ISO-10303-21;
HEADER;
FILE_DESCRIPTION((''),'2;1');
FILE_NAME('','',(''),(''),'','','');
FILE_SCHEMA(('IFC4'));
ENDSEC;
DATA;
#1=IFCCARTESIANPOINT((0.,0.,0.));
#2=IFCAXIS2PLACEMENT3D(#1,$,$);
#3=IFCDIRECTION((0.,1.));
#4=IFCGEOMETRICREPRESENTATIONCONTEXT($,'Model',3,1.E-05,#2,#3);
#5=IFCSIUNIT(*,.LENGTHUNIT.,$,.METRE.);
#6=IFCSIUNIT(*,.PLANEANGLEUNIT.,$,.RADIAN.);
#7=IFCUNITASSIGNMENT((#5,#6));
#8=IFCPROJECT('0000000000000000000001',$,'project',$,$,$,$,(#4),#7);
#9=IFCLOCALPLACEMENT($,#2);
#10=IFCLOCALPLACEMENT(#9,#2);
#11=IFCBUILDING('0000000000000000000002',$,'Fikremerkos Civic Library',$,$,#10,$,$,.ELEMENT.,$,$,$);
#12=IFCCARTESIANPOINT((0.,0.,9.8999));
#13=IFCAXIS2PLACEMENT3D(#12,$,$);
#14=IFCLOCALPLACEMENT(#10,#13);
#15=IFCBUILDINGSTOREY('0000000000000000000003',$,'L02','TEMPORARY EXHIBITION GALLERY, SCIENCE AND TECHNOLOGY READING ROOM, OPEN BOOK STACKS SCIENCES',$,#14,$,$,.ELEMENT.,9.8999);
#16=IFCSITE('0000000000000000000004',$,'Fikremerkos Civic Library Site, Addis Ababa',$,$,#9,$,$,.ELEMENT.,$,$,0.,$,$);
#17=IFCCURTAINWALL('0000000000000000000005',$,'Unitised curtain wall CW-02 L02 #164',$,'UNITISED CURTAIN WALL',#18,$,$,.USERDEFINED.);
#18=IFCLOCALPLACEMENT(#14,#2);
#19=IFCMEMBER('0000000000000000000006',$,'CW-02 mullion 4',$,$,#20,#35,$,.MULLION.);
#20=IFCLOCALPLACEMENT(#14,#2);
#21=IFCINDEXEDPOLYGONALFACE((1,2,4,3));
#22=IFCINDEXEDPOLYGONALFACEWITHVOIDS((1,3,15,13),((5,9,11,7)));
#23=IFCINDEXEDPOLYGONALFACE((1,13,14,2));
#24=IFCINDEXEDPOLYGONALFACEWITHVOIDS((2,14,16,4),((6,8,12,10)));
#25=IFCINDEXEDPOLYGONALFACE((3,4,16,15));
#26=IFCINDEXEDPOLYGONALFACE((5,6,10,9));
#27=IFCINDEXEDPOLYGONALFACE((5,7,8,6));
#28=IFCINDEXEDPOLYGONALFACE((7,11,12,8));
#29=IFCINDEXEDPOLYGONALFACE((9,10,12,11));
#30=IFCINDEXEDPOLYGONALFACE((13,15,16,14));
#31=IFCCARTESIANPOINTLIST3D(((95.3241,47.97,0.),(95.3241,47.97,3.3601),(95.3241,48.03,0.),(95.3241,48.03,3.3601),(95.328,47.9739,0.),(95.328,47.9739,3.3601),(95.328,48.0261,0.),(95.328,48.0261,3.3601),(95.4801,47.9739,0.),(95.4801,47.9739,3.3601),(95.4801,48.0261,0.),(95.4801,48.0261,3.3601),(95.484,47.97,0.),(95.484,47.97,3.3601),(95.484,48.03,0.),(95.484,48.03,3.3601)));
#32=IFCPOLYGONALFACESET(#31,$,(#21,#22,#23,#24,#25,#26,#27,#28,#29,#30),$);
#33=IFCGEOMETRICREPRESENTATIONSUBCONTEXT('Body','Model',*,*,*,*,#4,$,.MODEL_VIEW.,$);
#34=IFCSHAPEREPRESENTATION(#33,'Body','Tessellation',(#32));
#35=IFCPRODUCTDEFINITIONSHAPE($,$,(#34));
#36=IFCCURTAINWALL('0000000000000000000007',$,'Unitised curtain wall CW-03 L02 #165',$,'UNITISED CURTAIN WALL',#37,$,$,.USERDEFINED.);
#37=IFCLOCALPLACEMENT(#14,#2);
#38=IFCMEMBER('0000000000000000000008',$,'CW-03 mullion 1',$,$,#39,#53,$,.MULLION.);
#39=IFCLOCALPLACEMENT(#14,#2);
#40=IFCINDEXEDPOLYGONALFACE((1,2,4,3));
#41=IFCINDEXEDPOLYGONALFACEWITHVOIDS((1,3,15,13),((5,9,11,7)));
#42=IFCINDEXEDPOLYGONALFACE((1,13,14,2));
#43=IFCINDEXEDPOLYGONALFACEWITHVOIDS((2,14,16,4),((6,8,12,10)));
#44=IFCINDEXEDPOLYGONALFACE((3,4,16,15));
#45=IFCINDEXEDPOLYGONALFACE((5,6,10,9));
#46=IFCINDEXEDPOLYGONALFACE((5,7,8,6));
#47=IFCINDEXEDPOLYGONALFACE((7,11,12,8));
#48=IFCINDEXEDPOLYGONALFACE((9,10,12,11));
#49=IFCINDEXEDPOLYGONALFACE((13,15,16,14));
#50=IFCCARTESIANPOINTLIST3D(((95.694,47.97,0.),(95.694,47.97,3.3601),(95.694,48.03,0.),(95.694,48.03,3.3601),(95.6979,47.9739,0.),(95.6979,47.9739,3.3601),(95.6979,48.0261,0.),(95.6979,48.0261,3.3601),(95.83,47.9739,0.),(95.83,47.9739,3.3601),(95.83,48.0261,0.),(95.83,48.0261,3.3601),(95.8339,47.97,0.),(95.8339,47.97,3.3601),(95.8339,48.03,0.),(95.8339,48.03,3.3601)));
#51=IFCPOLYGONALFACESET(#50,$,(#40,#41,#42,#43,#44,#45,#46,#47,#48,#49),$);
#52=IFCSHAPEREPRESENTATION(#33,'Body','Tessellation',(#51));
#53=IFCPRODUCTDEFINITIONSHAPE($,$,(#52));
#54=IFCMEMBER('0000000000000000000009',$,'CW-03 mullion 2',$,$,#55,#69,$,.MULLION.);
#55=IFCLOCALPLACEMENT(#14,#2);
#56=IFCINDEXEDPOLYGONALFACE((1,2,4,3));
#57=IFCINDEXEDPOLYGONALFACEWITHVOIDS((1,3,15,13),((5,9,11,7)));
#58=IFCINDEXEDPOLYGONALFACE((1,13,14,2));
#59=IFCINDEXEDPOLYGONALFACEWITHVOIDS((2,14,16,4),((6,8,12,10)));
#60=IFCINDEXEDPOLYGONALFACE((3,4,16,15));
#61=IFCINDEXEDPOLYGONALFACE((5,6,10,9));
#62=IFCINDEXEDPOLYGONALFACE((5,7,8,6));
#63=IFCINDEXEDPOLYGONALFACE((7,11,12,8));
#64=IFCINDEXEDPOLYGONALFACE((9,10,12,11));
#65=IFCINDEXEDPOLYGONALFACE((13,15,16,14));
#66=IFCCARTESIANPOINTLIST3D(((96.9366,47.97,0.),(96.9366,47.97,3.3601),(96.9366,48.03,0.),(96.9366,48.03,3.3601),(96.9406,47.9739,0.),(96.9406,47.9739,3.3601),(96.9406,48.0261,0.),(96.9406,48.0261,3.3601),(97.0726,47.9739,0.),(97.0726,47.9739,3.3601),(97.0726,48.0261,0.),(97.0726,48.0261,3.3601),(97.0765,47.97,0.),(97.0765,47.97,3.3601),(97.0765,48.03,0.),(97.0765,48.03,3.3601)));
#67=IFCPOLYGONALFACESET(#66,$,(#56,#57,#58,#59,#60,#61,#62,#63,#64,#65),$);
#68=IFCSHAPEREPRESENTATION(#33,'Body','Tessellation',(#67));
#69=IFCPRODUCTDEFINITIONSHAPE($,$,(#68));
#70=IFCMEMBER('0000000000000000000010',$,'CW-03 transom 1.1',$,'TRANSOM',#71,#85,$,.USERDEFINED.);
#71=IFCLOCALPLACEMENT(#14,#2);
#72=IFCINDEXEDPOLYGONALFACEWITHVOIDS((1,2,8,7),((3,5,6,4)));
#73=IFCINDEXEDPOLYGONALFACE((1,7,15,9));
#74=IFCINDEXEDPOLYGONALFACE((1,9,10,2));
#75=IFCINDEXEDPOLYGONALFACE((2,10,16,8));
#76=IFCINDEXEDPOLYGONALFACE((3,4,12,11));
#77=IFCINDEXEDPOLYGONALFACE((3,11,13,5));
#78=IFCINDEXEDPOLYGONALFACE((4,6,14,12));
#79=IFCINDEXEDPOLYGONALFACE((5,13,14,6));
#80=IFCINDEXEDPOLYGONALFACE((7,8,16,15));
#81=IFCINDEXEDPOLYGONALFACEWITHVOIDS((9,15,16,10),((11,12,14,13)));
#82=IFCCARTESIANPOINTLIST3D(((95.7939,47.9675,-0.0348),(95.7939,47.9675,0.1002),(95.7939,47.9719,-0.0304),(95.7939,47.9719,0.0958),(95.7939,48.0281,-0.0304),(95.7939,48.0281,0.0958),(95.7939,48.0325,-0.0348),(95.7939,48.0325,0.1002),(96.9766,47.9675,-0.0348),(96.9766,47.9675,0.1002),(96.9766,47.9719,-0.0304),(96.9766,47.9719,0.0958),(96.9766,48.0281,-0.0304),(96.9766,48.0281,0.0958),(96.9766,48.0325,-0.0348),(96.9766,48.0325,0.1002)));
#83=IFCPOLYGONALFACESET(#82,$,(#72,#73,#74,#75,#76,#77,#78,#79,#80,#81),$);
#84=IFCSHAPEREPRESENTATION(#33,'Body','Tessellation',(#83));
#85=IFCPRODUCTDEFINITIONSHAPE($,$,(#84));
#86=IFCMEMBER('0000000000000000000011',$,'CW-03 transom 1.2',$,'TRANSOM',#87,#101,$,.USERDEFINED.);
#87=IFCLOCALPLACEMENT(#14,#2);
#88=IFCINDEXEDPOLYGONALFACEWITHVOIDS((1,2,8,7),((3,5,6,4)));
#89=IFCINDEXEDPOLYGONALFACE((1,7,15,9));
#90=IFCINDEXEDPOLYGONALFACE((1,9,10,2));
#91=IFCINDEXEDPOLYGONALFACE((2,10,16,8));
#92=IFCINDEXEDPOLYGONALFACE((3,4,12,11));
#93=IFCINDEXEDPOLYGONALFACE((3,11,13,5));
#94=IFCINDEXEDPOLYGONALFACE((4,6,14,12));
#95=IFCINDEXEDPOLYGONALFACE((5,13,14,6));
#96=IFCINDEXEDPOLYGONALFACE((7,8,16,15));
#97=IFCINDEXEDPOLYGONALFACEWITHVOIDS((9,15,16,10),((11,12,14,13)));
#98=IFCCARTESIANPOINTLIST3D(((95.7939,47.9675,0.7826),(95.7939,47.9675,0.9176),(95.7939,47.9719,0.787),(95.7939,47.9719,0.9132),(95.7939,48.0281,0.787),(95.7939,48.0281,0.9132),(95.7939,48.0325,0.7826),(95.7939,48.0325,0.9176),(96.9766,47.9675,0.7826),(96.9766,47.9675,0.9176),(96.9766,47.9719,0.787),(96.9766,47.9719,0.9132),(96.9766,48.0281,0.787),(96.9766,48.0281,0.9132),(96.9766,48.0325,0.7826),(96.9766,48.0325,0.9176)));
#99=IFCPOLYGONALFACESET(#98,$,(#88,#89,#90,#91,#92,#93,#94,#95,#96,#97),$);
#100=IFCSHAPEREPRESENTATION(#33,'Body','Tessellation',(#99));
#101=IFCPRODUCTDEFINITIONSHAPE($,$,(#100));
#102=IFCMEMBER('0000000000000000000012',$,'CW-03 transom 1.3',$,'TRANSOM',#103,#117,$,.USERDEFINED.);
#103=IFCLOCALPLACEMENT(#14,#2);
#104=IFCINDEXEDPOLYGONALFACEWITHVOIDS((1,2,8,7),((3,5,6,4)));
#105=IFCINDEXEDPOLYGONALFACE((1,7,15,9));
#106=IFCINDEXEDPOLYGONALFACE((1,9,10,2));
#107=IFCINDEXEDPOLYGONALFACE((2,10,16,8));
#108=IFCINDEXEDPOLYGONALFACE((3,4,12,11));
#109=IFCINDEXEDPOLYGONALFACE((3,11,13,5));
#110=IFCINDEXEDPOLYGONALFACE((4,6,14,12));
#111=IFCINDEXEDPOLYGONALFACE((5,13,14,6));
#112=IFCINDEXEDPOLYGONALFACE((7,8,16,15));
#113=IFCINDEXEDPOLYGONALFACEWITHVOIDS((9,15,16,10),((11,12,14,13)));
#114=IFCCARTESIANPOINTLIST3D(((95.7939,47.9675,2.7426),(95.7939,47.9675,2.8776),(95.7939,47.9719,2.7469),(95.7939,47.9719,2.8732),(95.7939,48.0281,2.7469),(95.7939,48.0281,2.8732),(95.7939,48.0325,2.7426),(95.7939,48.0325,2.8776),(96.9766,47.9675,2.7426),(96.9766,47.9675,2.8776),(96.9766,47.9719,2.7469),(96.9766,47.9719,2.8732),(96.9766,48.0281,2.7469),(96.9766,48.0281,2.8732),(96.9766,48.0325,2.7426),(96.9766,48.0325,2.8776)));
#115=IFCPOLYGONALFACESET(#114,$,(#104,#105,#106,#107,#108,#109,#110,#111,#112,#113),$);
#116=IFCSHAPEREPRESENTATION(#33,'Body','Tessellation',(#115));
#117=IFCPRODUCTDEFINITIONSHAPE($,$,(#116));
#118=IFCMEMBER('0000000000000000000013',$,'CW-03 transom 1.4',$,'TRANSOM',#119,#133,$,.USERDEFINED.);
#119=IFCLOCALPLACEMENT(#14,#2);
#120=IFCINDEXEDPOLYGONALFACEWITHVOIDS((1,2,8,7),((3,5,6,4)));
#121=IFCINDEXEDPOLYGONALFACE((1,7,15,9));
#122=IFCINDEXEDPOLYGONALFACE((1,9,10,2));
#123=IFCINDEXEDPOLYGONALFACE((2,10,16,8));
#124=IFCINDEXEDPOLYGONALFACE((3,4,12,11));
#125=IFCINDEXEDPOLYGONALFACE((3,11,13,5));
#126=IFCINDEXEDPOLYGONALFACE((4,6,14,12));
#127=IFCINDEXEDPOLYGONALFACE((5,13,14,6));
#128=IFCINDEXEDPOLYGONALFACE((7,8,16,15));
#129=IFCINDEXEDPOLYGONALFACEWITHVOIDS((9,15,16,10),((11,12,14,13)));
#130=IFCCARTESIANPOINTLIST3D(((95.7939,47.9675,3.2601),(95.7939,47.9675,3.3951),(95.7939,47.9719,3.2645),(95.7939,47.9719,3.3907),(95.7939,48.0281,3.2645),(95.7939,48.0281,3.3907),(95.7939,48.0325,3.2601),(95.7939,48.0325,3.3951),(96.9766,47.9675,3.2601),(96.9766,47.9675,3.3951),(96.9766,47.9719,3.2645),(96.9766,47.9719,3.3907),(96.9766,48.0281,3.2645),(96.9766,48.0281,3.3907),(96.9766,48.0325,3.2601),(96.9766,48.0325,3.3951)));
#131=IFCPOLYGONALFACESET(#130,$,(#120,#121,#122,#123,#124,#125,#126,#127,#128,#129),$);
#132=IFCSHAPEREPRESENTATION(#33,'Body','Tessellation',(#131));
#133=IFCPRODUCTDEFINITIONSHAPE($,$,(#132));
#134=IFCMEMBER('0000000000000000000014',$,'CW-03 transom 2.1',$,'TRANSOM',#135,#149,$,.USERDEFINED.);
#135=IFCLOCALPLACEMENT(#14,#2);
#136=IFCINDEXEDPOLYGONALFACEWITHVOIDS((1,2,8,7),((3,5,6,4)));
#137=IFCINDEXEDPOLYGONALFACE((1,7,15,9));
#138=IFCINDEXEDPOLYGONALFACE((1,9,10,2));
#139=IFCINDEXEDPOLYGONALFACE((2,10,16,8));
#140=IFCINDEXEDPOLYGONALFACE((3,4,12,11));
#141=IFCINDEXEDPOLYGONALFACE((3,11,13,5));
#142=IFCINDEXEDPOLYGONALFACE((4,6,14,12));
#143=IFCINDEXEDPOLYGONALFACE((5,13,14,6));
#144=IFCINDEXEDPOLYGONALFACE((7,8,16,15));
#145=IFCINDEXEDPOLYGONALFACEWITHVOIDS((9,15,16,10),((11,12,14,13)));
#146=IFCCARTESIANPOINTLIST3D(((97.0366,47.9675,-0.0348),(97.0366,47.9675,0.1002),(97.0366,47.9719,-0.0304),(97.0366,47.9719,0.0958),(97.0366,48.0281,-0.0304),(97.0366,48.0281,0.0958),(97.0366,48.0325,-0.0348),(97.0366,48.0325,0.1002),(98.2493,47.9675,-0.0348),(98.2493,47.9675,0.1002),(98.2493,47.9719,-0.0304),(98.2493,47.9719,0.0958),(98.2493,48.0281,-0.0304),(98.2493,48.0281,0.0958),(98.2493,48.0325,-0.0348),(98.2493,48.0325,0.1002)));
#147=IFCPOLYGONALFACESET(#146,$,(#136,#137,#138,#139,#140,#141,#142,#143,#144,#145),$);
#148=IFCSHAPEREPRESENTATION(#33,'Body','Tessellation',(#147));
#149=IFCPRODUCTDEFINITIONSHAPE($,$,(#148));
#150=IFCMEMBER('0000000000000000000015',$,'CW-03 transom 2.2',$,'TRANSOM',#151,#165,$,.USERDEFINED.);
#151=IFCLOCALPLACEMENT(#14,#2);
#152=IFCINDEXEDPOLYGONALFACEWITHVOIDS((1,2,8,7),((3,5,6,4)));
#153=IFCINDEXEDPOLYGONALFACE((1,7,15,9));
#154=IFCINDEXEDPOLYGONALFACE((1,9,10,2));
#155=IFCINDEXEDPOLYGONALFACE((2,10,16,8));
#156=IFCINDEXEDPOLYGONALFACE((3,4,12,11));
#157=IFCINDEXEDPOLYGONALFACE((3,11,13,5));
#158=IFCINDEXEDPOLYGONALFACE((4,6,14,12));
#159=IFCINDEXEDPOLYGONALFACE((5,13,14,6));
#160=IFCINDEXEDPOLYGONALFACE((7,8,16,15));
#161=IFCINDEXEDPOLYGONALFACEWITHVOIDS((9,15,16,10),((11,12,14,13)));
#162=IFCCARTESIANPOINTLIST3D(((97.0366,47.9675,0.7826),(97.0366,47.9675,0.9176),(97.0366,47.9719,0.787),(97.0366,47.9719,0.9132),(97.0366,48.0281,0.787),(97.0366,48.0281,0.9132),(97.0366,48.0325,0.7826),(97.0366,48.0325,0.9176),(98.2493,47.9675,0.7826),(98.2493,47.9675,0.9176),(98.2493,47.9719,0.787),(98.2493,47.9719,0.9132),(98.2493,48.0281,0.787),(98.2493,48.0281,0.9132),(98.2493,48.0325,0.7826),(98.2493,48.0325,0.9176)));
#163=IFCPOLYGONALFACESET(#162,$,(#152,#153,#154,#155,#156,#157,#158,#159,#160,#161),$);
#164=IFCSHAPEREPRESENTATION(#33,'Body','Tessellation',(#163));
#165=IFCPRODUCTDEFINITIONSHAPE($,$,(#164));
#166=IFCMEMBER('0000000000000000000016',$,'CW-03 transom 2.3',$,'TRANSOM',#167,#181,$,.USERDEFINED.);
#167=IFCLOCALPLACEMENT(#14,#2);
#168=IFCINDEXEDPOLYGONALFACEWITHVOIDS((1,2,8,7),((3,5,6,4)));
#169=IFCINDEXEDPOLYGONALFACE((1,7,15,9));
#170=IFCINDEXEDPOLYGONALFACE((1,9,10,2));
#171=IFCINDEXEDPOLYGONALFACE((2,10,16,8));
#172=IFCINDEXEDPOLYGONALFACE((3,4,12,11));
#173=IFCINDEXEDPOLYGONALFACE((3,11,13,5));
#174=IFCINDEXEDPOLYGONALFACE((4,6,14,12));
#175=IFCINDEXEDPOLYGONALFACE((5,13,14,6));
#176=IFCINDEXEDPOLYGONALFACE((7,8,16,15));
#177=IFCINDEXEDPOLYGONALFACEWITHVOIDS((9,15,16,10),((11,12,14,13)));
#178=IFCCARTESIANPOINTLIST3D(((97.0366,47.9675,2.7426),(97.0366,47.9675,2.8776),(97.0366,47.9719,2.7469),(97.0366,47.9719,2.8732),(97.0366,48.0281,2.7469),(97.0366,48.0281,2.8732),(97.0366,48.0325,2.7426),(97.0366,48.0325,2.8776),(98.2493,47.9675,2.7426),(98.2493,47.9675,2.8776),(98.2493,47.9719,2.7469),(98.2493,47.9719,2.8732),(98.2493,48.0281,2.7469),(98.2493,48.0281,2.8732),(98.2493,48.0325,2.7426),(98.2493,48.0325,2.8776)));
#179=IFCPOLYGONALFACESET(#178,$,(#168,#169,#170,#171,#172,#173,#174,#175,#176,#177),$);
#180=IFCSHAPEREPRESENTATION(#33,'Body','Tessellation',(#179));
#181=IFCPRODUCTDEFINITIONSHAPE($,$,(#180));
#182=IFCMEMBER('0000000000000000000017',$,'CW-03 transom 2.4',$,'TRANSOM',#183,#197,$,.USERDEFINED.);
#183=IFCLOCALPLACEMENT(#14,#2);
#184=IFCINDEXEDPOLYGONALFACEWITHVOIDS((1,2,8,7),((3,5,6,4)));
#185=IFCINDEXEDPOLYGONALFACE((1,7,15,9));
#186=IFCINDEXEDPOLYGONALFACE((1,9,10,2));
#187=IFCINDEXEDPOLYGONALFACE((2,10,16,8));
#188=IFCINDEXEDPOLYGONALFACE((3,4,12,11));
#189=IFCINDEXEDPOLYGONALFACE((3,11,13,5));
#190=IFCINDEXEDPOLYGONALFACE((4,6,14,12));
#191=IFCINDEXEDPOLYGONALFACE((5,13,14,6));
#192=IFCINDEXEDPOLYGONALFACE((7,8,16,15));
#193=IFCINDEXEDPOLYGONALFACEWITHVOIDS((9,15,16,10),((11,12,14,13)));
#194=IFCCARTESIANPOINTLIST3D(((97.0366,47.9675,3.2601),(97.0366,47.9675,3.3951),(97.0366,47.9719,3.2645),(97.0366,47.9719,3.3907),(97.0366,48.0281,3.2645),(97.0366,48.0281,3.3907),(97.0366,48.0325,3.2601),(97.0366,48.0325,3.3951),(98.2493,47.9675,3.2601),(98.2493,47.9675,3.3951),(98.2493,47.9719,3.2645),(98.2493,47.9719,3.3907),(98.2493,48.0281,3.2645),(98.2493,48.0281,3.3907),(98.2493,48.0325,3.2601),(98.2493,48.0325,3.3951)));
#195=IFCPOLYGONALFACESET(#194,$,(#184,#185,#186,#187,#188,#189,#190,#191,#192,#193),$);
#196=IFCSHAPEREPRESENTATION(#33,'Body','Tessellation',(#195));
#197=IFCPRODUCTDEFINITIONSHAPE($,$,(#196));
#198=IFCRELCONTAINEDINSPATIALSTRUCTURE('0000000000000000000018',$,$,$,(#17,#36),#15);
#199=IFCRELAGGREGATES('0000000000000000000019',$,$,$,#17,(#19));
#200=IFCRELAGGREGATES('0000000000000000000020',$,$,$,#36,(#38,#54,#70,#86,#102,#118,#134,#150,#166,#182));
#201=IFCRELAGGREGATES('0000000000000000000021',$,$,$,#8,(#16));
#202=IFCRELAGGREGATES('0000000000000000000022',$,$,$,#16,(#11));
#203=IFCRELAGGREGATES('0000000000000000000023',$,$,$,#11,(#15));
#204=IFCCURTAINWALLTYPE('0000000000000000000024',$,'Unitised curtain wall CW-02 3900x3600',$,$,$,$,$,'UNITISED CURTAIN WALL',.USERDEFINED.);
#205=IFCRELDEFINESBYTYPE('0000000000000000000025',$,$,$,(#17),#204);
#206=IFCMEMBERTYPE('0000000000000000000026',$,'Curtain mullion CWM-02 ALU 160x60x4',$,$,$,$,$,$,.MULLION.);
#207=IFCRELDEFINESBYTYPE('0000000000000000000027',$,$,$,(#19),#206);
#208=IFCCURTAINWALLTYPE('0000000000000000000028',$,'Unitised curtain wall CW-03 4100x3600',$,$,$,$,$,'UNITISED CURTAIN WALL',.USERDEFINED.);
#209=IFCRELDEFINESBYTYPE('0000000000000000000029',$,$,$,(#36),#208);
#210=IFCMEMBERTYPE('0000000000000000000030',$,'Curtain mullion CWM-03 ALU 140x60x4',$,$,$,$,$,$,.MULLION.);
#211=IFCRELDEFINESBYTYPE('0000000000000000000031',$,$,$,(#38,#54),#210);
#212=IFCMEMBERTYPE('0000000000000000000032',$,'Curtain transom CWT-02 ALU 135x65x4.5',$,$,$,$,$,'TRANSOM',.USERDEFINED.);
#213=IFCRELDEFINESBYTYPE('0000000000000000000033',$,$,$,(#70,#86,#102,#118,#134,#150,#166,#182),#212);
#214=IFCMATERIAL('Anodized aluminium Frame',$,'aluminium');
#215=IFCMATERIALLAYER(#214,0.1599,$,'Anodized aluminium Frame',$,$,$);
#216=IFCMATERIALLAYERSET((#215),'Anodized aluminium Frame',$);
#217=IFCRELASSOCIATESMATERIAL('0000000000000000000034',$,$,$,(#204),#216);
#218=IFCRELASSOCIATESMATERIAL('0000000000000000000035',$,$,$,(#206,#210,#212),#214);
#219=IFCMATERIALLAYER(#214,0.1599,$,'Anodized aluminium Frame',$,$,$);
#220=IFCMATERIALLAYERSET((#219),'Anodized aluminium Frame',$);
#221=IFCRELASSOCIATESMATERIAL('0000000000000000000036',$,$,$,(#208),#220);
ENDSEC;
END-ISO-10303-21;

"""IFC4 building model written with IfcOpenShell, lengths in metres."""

from ifc_helpers import new_model, si_unit, direction, frame, origin, origin_2d, place, context, subcontext, project, spatial, hollow_rectangle, extrude, material, layer, layer_set, material_profile, profile_set, type_object, element, aggregate, save


model = new_model("IFC4")

# Units and contexts
model_context = context("Model", 3, precision=1e-05, world=origin(), true_north=direction((0.0, 1.0)))
body_context = subcontext(model_context, "Body", "Model", "MODEL_VIEW")
ifc_project = project(units=[si_unit("LENGTHUNIT", "METRE"), si_unit("PLANEANGLEUNIT", "RADIAN")], contexts=[model_context])

# Site, building, storey
site_placement = place(None, origin())
site = spatial("IfcSite", under=ifc_project, at=site_placement, Name="Fikremerkos Civic Library Site, Addis Ababa", CompositionType="ELEMENT", RefElevation=0.0)
building_placement = place(site_placement, origin())
building = spatial("IfcBuilding", under=site, at=building_placement, Name="Fikremerkos Civic Library", CompositionType="ELEMENT")
storey_placement = place(building_placement, frame((0.0, 0.0, 9.8999)))
storey = spatial("IfcBuildingStorey", under=building, at=storey_placement, Name="L02", Description="TEMPORARY EXHIBITION GALLERY, SCIENCE AND TECHNOLOGY READING ROOM, OPEN BOOK STACKS SCIENCES", CompositionType="ELEMENT", Elevation=9.8999)

# Curtain wall, member
ifc_material_1 = material(Name="Anodized aluminium Frame", Category="aluminium")
ifc_layer_1 = layer(ifc_material_1, 0.1599, Name="Anodized aluminium Frame")
ifc_layer_set_1 = layer_set([ifc_layer_1], Name="Anodized aluminium Frame")
curtain_wall_type_1 = type_object("IfcCurtainWallType", Name="Unitised curtain wall CW-02 3900x3600", ElementType="UNITISED CURTAIN WALL", PredefinedType="USERDEFINED", material=ifc_layer_set_1)
curtain_wall_1_placement = place(storey_placement, origin())
curtain_wall_1 = element("IfcCurtainWall", 1, at=curtain_wall_1_placement, inside=storey, type_object=curtain_wall_type_1, Name="Unitised curtain wall CW-02 L02 #164", ObjectType="UNITISED CURTAIN WALL", PredefinedType="USERDEFINED")
ifc_material_profile_1 = material_profile(ifc_material_1, hollow_rectangle(XDim=0.0601, YDim=0.1599, WallThickness=0.0039, at=origin_2d()), Name="ALU 160x60x4")
ifc_profile_set_1 = profile_set([ifc_material_profile_1], Name="Anodized aluminium Frame")
member_type_1 = type_object("IfcMemberType", Name="Curtain mullion CWM-02 ALU 160x60x4", PredefinedType="MULLION", material=ifc_profile_set_1)
member_1_placement = place(storey_placement, frame((95.4041, 48.0, 0.0), z_axis=(0.0, 0.0, 1.0), x_axis=(0.0, 1.0, 0.0)))
member_1 = element("IfcMember", 2, at=member_1_placement, type_object=member_type_1, Name="CW-02 mullion 4", PredefinedType="MULLION", context=body_context, shape_type="SweptSolid", body=[
    extrude(hollow_rectangle(XDim=0.0601, YDim=0.1599, WallThickness=0.0039, at=origin_2d()), origin(), (0.0, 0.0, 1.0), 3.3601),
])

# Curtain wall, members
ifc_layer_2 = layer(ifc_material_1, 0.1599, Name="Anodized aluminium Frame")
ifc_layer_set_2 = layer_set([ifc_layer_2], Name="Anodized aluminium Frame")
curtain_wall_type_2 = type_object("IfcCurtainWallType", Name="Unitised curtain wall CW-03 4100x3600", ElementType="UNITISED CURTAIN WALL", PredefinedType="USERDEFINED", material=ifc_layer_set_2)
curtain_wall_2_placement = place(storey_placement, origin())
curtain_wall_2 = element("IfcCurtainWall", 3, at=curtain_wall_2_placement, inside=storey, type_object=curtain_wall_type_2, Name="Unitised curtain wall CW-03 L02 #165", ObjectType="UNITISED CURTAIN WALL", PredefinedType="USERDEFINED")
ifc_material_profile_2 = material_profile(ifc_material_1, hollow_rectangle(XDim=0.0601, YDim=0.1399, WallThickness=0.0039, at=origin_2d()), Name="ALU 140x60x4")
ifc_profile_set_2 = profile_set([ifc_material_profile_2], Name="Anodized aluminium Frame")
member_type_2 = type_object("IfcMemberType", Name="Curtain mullion CWM-03 ALU 140x60x4", PredefinedType="MULLION", material=ifc_profile_set_2)
member_2_placement = place(storey_placement, frame((95.7639, 48.0, 0.0), z_axis=(0.0, 0.0, 1.0), x_axis=(0.0, 1.0, 0.0)))
member_2 = element("IfcMember", 4, at=member_2_placement, type_object=member_type_2, Name="CW-03 mullion 1", PredefinedType="MULLION", context=body_context, shape_type="SweptSolid", body=[
    extrude(hollow_rectangle(XDim=0.0601, YDim=0.1399, WallThickness=0.0039, at=origin_2d()), origin(), (0.0, 0.0, 1.0), 3.3601),
])
member_3_placement = place(storey_placement, frame((97.0066, 48.0, 0.0), z_axis=(0.0, 0.0, 1.0), x_axis=(0.0, 1.0, 0.0)))
member_3 = element("IfcMember", 5, at=member_3_placement, type_object=member_type_2, Name="CW-03 mullion 2", PredefinedType="MULLION", context=body_context, shape_type="SweptSolid", body=[
    extrude(hollow_rectangle(XDim=0.0601, YDim=0.1399, WallThickness=0.0039, at=origin_2d()), origin(), (0.0, 0.0, 1.0), 3.3601),
])
ifc_material_profile_3 = material_profile(ifc_material_1, hollow_rectangle(XDim=0.0649, YDim=0.135, WallThickness=0.0044, at=origin_2d()), Name="ALU 135x65x4.5")
ifc_profile_set_3 = profile_set([ifc_material_profile_3], Name="Anodized aluminium Frame")
member_type_3 = type_object("IfcMemberType", Name="Curtain transom CWT-02 ALU 135x65x4.5", ElementType="TRANSOM", PredefinedType="USERDEFINED", material=ifc_profile_set_3)
member_4_placement = place(storey_placement, frame((95.7939, 48.0, 0.0327), z_axis=(1.0, 0.0, 0.0), x_axis=(0.0, 1.0, 0.0)))
member_4 = element("IfcMember", 6, at=member_4_placement, type_object=member_type_3, Name="CW-03 transom 1.1", ObjectType="TRANSOM", PredefinedType="USERDEFINED", context=body_context, shape_type="SweptSolid", body=[
    extrude(hollow_rectangle(XDim=0.0649, YDim=0.135, WallThickness=0.0044, at=origin_2d()), origin(), (0.0, 0.0, 1.0), 1.1826),
])
member_5_placement = place(storey_placement, frame((95.7939, 48.0, 0.8501), z_axis=(1.0, 0.0, 0.0), x_axis=(0.0, 1.0, 0.0)))
member_5 = element("IfcMember", 7, at=member_5_placement, type_object=member_type_3, Name="CW-03 transom 1.2", ObjectType="TRANSOM", PredefinedType="USERDEFINED", context=body_context, shape_type="SweptSolid", body=[
    extrude(hollow_rectangle(XDim=0.0649, YDim=0.135, WallThickness=0.0044, at=origin_2d()), origin(), (0.0, 0.0, 1.0), 1.1826),
])
member_6_placement = place(storey_placement, frame((95.7939, 48.0, 2.8101), z_axis=(1.0, 0.0, 0.0), x_axis=(0.0, 1.0, 0.0)))
member_6 = element("IfcMember", 8, at=member_6_placement, type_object=member_type_3, Name="CW-03 transom 1.3", ObjectType="TRANSOM", PredefinedType="USERDEFINED", context=body_context, shape_type="SweptSolid", body=[
    extrude(hollow_rectangle(XDim=0.0649, YDim=0.135, WallThickness=0.0044, at=origin_2d()), origin(), (0.0, 0.0, 1.0), 1.1826),
])
member_7_placement = place(storey_placement, frame((95.7939, 48.0, 3.3276), z_axis=(1.0, 0.0, 0.0), x_axis=(0.0, 1.0, 0.0)))
member_7 = element("IfcMember", 9, at=member_7_placement, type_object=member_type_3, Name="CW-03 transom 1.4", ObjectType="TRANSOM", PredefinedType="USERDEFINED", context=body_context, shape_type="SweptSolid", body=[
    extrude(hollow_rectangle(XDim=0.0649, YDim=0.135, WallThickness=0.0044, at=origin_2d()), origin(), (0.0, 0.0, 1.0), 1.1826),
])
member_8_placement = place(storey_placement, frame((97.0366, 48.0, 0.0327), z_axis=(1.0, 0.0, 0.0), x_axis=(0.0, 1.0, 0.0)))
member_8 = element("IfcMember", 10, at=member_8_placement, type_object=member_type_3, Name="CW-03 transom 2.1", ObjectType="TRANSOM", PredefinedType="USERDEFINED", context=body_context, shape_type="SweptSolid", body=[
    extrude(hollow_rectangle(XDim=0.0649, YDim=0.135, WallThickness=0.0044, at=origin_2d()), origin(), (0.0, 0.0, 1.0), 1.2126),
])
member_9_placement = place(storey_placement, frame((97.0366, 48.0, 0.8501), z_axis=(1.0, 0.0, 0.0), x_axis=(0.0, 1.0, 0.0)))
member_9 = element("IfcMember", 11, at=member_9_placement, type_object=member_type_3, Name="CW-03 transom 2.2", ObjectType="TRANSOM", PredefinedType="USERDEFINED", context=body_context, shape_type="SweptSolid", body=[
    extrude(hollow_rectangle(XDim=0.0649, YDim=0.135, WallThickness=0.0044, at=origin_2d()), origin(), (0.0, 0.0, 1.0), 1.2126),
])
member_10_placement = place(storey_placement, frame((97.0366, 48.0, 2.8101), z_axis=(1.0, 0.0, 0.0), x_axis=(0.0, 1.0, 0.0)))
member_10 = element("IfcMember", 12, at=member_10_placement, type_object=member_type_3, Name="CW-03 transom 2.3", ObjectType="TRANSOM", PredefinedType="USERDEFINED", context=body_context, shape_type="SweptSolid", body=[
    extrude(hollow_rectangle(XDim=0.0649, YDim=0.135, WallThickness=0.0044, at=origin_2d()), origin(), (0.0, 0.0, 1.0), 1.2126),
])
member_11_placement = place(storey_placement, frame((97.0366, 48.0, 3.3276), z_axis=(1.0, 0.0, 0.0), x_axis=(0.0, 1.0, 0.0)))
member_11 = element("IfcMember", 13, at=member_11_placement, type_object=member_type_3, Name="CW-03 transom 2.4", ObjectType="TRANSOM", PredefinedType="USERDEFINED", context=body_context, shape_type="SweptSolid", body=[
    extrude(hollow_rectangle(XDim=0.0649, YDim=0.135, WallThickness=0.0044, at=origin_2d()), origin(), (0.0, 0.0, 1.0), 1.2126),
])

aggregate(curtain_wall_1, [member_1])
aggregate(curtain_wall_2, [member_2, member_3, member_4, member_5, member_6, member_7, member_8, member_9, member_10, member_11])

save(model, "model.ifc")
